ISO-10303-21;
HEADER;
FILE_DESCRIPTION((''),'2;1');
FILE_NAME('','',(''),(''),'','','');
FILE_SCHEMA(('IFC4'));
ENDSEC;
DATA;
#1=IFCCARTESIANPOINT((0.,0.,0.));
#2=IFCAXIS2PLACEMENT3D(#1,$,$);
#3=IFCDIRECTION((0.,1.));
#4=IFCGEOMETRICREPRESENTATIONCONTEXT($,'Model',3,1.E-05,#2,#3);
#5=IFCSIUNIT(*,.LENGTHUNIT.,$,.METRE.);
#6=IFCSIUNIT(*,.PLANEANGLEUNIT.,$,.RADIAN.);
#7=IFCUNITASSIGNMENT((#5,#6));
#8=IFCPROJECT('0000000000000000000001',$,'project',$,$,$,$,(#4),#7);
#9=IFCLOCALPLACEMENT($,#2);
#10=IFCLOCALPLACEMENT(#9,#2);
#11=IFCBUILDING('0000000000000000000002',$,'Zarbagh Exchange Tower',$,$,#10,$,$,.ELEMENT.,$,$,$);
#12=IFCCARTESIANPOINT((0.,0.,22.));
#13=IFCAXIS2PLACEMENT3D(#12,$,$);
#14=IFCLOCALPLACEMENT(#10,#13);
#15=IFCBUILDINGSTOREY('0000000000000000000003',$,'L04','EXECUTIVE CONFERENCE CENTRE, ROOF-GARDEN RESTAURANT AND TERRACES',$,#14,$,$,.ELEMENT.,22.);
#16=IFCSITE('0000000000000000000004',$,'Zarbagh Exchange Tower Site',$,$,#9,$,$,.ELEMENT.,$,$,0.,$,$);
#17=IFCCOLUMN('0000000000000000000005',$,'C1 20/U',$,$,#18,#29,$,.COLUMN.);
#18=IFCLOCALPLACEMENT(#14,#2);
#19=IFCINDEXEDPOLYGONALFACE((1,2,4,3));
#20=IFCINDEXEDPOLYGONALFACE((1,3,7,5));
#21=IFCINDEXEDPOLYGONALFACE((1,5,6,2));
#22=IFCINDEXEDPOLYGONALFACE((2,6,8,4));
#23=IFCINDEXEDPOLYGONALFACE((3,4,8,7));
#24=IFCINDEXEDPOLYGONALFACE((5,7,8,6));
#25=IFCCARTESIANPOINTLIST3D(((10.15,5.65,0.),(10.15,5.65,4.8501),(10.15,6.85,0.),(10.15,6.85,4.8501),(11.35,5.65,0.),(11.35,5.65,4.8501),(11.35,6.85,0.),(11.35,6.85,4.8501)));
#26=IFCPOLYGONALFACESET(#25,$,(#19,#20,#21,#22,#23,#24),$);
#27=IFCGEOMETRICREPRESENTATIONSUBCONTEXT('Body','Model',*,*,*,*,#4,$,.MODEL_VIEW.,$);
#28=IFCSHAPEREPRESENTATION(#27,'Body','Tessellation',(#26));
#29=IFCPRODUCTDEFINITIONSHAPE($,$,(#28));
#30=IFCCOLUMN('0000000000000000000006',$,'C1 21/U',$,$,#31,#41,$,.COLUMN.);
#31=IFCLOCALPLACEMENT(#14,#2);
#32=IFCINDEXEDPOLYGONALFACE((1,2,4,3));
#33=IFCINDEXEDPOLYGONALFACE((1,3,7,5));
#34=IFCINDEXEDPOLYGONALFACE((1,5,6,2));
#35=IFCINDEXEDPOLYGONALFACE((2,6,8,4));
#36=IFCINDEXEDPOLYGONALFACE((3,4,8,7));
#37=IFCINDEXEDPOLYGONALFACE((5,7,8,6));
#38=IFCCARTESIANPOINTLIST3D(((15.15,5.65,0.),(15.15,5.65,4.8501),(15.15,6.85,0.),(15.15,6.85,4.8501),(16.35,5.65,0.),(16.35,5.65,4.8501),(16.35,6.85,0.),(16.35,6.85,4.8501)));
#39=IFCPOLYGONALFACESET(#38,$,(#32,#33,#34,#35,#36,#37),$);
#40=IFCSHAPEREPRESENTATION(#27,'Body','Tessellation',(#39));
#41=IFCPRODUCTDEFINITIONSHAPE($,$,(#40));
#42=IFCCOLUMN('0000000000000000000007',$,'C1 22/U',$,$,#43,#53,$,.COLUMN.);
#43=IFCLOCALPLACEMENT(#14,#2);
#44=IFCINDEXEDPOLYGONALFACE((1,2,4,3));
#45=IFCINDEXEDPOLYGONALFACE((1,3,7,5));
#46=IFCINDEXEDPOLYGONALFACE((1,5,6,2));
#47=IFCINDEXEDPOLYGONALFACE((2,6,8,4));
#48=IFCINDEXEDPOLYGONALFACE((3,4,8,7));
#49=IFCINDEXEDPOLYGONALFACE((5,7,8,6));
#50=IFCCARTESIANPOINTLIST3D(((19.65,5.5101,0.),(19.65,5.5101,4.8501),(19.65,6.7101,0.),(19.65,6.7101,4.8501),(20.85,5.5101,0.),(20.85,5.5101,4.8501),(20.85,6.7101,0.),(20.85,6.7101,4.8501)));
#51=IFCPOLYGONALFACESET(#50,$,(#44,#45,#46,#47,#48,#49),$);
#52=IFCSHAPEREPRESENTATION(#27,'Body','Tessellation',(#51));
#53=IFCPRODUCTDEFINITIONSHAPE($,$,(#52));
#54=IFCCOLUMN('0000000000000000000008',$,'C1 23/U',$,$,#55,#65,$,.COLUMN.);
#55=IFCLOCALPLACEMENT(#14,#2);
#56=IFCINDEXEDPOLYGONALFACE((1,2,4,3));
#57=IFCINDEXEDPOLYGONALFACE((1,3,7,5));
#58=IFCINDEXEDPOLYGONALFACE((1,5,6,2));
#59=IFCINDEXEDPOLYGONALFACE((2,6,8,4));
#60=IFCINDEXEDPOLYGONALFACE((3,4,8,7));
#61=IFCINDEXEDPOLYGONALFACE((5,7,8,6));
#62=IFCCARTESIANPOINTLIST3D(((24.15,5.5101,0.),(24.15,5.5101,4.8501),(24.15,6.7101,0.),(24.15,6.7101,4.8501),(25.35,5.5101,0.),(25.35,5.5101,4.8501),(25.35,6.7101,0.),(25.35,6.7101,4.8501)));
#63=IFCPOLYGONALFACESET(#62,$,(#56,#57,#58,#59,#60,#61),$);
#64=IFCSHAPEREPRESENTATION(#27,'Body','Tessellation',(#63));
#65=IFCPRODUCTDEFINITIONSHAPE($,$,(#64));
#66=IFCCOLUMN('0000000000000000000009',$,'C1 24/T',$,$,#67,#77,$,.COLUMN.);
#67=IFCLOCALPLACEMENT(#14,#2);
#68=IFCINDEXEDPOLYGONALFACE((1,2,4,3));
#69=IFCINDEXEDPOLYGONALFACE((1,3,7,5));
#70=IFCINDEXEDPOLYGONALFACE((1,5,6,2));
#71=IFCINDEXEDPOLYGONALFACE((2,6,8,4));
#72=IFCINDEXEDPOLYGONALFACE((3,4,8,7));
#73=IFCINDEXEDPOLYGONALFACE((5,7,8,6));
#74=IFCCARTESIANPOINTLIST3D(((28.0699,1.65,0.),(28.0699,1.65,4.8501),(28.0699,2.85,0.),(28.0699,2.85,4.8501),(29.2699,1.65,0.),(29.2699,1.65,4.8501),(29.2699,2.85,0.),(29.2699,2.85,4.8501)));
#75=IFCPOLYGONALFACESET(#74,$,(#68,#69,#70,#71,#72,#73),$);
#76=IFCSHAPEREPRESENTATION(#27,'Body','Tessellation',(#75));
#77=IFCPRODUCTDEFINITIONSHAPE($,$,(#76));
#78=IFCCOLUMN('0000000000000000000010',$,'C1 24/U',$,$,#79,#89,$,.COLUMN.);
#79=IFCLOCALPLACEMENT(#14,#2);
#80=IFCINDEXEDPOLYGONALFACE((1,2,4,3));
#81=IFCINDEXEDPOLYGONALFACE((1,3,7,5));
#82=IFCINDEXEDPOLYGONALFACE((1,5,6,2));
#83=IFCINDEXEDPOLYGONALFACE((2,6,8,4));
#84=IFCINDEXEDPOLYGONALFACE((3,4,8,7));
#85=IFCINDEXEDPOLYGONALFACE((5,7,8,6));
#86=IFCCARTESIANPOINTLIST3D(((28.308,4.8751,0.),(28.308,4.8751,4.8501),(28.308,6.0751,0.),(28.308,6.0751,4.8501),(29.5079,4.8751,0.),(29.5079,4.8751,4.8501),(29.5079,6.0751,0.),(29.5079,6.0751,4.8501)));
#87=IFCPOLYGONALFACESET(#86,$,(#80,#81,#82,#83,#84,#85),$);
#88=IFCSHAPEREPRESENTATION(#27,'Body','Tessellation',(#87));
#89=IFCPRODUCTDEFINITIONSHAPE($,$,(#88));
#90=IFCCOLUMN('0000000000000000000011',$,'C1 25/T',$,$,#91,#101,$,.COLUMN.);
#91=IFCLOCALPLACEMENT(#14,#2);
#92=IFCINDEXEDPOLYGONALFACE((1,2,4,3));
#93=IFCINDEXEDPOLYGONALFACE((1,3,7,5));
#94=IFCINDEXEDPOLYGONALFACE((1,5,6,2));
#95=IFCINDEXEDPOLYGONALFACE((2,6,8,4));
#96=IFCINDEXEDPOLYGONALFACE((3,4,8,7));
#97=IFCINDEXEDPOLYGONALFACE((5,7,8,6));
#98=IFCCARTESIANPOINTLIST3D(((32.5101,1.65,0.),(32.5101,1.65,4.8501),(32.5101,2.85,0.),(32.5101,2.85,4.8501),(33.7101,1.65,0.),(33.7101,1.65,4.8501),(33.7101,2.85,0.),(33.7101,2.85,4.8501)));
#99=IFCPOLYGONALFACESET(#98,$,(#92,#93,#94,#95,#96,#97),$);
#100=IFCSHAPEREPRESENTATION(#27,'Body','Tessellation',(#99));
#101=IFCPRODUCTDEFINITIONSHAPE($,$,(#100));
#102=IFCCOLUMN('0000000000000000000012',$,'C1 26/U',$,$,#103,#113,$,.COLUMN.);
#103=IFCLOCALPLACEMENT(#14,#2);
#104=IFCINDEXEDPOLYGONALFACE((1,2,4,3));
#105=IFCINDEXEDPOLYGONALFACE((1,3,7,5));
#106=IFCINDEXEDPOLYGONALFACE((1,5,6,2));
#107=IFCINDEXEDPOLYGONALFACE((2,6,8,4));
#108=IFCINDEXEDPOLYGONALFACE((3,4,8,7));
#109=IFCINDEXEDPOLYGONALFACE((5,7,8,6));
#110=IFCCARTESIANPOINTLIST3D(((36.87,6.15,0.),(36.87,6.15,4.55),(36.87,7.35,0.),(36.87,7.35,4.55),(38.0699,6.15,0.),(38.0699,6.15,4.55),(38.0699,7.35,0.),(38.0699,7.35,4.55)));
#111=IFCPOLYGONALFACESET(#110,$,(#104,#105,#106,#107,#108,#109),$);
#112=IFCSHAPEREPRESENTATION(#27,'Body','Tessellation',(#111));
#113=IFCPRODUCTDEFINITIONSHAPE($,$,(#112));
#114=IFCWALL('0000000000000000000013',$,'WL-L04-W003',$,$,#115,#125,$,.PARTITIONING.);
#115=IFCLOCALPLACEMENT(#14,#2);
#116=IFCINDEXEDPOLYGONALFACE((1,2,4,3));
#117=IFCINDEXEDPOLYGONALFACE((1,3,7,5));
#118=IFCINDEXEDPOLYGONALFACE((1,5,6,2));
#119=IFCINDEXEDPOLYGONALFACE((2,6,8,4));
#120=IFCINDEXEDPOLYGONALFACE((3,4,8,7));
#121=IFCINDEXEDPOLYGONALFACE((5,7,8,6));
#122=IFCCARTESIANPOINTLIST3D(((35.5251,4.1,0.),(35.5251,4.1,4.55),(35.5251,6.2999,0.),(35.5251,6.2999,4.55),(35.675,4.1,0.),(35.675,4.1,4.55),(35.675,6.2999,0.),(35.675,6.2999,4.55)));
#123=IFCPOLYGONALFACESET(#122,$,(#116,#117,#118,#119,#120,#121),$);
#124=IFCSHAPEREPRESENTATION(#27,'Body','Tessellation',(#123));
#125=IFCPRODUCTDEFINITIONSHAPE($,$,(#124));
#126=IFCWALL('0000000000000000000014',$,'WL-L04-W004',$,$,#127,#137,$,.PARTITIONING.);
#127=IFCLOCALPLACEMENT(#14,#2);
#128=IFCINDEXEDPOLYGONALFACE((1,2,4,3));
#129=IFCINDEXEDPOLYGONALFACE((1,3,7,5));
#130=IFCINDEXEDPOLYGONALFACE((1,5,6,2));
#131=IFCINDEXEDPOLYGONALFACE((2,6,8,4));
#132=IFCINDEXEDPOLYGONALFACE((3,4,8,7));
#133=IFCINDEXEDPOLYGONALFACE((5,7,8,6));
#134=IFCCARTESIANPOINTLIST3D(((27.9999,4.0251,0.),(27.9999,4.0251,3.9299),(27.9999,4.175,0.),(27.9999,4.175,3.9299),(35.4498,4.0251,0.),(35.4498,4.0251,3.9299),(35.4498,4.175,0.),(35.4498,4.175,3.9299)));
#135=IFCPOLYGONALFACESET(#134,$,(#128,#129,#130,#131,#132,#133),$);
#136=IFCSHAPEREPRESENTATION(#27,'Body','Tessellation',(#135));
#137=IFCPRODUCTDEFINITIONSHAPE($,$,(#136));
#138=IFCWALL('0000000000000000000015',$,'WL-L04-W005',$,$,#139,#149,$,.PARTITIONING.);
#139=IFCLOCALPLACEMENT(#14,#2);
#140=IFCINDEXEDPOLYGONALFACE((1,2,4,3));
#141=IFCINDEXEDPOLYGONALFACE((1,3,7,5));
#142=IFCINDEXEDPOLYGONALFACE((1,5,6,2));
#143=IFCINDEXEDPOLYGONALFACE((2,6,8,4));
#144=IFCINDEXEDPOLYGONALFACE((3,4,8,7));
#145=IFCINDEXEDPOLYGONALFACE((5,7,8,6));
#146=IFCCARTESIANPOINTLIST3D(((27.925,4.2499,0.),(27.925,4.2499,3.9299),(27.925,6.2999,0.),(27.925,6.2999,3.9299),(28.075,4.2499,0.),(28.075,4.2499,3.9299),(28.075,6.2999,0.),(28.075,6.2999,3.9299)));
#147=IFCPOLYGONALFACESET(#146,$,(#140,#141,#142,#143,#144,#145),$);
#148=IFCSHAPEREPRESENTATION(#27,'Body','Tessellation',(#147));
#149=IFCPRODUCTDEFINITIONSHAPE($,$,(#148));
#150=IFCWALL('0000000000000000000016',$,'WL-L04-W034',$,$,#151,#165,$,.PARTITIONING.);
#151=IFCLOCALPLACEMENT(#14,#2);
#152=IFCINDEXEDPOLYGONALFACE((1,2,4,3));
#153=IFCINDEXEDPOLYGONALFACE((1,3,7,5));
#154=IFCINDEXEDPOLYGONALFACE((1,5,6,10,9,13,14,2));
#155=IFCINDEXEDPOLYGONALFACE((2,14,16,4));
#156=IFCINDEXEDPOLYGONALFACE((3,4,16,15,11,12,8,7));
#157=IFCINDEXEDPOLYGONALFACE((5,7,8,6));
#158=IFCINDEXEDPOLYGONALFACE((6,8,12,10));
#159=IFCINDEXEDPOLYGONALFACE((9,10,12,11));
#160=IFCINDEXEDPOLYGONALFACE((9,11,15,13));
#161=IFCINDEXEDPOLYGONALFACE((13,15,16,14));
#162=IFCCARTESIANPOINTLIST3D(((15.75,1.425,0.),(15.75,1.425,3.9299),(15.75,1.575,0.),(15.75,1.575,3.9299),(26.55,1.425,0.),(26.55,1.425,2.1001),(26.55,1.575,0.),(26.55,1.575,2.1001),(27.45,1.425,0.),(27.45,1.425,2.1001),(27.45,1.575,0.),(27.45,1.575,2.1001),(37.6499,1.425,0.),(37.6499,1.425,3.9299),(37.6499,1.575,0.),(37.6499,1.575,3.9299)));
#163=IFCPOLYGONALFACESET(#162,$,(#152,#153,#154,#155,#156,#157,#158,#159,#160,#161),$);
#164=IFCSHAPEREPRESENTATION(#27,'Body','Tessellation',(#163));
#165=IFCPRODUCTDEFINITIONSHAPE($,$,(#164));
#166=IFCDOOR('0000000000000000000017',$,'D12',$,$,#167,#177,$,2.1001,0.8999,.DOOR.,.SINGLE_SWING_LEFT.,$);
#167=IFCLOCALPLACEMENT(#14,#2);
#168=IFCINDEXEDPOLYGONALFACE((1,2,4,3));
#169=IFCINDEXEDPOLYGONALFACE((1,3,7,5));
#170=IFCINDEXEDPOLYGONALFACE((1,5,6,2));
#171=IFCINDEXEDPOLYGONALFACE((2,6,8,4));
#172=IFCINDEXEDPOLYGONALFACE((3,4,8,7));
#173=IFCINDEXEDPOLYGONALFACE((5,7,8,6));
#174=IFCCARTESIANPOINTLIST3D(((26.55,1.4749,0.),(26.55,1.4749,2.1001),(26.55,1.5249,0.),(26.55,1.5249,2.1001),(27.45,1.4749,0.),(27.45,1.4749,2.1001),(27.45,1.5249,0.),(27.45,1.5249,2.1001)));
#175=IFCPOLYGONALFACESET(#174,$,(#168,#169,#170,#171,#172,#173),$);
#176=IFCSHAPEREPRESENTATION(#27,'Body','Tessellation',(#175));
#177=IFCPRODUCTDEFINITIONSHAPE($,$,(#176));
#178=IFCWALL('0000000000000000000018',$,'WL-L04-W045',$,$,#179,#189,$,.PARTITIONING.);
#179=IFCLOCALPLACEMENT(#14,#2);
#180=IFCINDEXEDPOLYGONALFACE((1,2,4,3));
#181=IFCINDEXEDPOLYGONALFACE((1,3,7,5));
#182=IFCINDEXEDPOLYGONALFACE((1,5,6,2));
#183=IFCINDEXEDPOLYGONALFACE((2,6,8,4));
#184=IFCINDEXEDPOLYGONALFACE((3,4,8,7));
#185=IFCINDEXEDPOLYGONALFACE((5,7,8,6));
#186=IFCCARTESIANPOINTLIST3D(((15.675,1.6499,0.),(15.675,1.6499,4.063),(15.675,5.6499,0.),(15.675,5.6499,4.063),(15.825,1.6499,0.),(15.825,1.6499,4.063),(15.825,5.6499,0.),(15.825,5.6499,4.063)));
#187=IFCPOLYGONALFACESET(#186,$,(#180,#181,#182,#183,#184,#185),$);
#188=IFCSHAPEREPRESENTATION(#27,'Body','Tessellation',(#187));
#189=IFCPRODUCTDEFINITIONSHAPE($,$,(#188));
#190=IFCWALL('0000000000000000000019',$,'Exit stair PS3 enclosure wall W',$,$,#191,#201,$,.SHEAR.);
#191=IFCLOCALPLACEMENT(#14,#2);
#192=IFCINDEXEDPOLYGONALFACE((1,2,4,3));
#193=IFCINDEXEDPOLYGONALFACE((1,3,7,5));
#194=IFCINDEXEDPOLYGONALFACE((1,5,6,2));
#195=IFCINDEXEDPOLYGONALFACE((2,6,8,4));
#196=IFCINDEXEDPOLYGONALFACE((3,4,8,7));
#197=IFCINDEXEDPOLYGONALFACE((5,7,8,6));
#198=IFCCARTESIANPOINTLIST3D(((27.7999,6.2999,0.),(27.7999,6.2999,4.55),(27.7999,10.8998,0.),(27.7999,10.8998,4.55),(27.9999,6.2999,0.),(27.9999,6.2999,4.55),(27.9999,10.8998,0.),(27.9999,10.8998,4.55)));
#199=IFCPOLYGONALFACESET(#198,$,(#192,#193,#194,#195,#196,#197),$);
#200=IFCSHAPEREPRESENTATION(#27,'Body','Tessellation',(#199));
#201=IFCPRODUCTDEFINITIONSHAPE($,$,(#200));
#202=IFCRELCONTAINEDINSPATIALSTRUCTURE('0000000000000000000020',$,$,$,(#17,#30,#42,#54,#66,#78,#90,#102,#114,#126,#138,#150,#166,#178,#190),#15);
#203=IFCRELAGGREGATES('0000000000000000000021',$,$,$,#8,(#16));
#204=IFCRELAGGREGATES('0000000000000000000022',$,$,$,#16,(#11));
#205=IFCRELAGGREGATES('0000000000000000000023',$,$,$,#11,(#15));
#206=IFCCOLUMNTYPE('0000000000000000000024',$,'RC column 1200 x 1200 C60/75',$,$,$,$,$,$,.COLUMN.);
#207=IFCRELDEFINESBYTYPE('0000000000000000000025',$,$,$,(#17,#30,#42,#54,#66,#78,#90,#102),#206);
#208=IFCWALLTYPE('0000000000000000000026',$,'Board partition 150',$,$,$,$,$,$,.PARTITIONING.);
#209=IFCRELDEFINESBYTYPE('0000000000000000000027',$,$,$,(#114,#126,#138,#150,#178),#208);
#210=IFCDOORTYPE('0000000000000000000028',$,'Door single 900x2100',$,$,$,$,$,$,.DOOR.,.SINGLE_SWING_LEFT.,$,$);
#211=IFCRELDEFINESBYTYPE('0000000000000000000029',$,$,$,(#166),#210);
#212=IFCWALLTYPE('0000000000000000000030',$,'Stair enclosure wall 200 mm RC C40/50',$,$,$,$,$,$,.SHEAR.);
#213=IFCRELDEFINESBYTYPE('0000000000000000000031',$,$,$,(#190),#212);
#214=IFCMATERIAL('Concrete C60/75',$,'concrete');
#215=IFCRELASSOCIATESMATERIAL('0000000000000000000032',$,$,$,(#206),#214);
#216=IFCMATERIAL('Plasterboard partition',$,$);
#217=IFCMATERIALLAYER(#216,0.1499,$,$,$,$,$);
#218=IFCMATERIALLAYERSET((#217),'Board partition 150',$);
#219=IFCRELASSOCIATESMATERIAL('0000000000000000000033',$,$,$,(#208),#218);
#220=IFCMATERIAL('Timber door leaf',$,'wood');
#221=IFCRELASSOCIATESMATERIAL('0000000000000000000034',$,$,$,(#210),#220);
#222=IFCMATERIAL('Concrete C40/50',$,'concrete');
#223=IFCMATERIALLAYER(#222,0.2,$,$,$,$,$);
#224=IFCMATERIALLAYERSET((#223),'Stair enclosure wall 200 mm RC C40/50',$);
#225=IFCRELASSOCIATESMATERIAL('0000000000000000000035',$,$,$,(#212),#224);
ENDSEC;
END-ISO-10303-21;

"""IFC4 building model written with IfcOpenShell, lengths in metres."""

from ifc_helpers import new_model, si_unit, direction, frame, frame_2d, origin, origin_2d, place, context, subcontext, project, spatial, rectangle, extrude, material, layer, layer_set, material_profile, profile_set, type_object, element, fill, save


model = new_model("IFC4")

# Units and contexts
model_context = context("Model", 3, precision=1e-05, world=origin(), true_north=direction((0.0, 1.0)))
body_context = subcontext(model_context, "Body", "Model", "MODEL_VIEW")
ifc_project = project(units=[si_unit("LENGTHUNIT", "METRE"), si_unit("PLANEANGLEUNIT", "RADIAN")], contexts=[model_context])

# Site, building, storey
site_placement = place(None, origin())
site = spatial("IfcSite", under=ifc_project, at=site_placement, Name="Zarbagh Exchange Tower Site", CompositionType="ELEMENT", RefElevation=0.0)
building_placement = place(site_placement, origin())
building = spatial("IfcBuilding", under=site, at=building_placement, Name="Zarbagh Exchange Tower", CompositionType="ELEMENT")
storey_placement = place(building_placement, frame((0.0, 0.0, 22.0)))
storey = spatial("IfcBuildingStorey", under=building, at=storey_placement, Name="L04", Description="EXECUTIVE CONFERENCE CENTRE, ROOF-GARDEN RESTAURANT AND TERRACES", CompositionType="ELEMENT", Elevation=22.0)

# Columns
ifc_material_1 = material(Name="Concrete C60/75", Category="concrete")
ifc_material_profile = material_profile(ifc_material_1, rectangle(XDim=1.2, YDim=1.2, at=origin_2d()), Name="RC column 1200 x 1200 C60/75")
ifc_profile_set = profile_set([ifc_material_profile], Name="Concrete C60/75")
column_type = type_object("IfcColumnType", Name="RC column 1200 x 1200 C60/75", PredefinedType="COLUMN", material=ifc_profile_set)
for number, where, z_axis, x_axis, name in (
    (1, (10.75, 6.25, 0.0), (0.0, 0.0, 1.0), (1.0, 0.0, 0.0), "C1 20/U"),
    (2, (15.75, 6.25, 0.0), (0.0, 0.0, 1.0), (1.0, 0.0, 0.0), "C1 21/U"),
    (3, (20.25, 6.1101, 0.0), (0.0, 0.0, 1.0), (1.0, 0.0, 0.0), "C1 22/U"),
    (4, (24.75, 6.1101, 0.0), (0.0, 0.0, 1.0), (1.0, 0.0, 0.0), "C1 23/U"),
    (5, (28.6699, 2.25, 0.0), (0.0, 0.0, 1.0), (1.0, 0.0, 0.0), "C1 24/T"),
    (6, (28.908, 5.4751, 0.0), (0.0, 0.0, 1.0), (1.0, 0.0, 0.0), "C1 24/U"),
    (7, (33.1101, 2.25, 0.0), (0.0, 0.0, 1.0), (1.0, 0.0, 0.0), "C1 25/T"),
):
    element("IfcColumn", number, at=place(storey_placement, frame(where, z_axis=z_axis, x_axis=x_axis)), inside=storey, type_object=column_type, Name=name, PredefinedType="COLUMN", context=body_context, shape_type="SweptSolid", body=[
        extrude(rectangle(XDim=1.2, YDim=1.2, at=origin_2d()), origin(), (0.0, 0.0, 1.0), 4.8501),
    ])
column_placement = place(storey_placement, frame((37.47, 6.75, 0.0), z_axis=(0.0, 0.0, 1.0), x_axis=(1.0, 0.0, 0.0)))
element("IfcColumn", 8, at=column_placement, inside=storey, type_object=column_type, Name="C1 26/U", PredefinedType="COLUMN", context=body_context, shape_type="SweptSolid", body=[
    extrude(rectangle(XDim=1.2, YDim=1.2, at=origin_2d()), origin(), (0.0, 0.0, 1.0), 4.55),
])

# Walls
ifc_material_2 = material(Name="Plasterboard partition")
ifc_layer_1 = layer(ifc_material_2, 0.1499)
ifc_layer_set_1 = layer_set([ifc_layer_1], Name="Board partition 150")
wall_type_1 = type_object("IfcWallType", Name="Board partition 150", PredefinedType="PARTITIONING", material=ifc_layer_set_1)
wall_1_placement = place(storey_placement, frame((35.6001, 6.3, 0.0), z_axis=(0.0, 0.0, 1.0), x_axis=(0.0, -1.0, 0.0)))
element("IfcWall", 9, at=wall_1_placement, inside=storey, type_object=wall_type_1, Name="WL-L04-W003", PredefinedType="PARTITIONING", context=body_context, shape_type="SweptSolid", body=[
    extrude(rectangle(XDim=2.2, YDim=0.1499, at=frame_2d((1.1001, 0.0))), origin(), (0.0, 0.0, 1.0), 4.55),
])
wall_2_placement = place(storey_placement, frame((35.45, 4.1001, 0.0), z_axis=(0.0, 0.0, 1.0), x_axis=(-1.0, 0.0, 0.0)))
element("IfcWall", 10, at=wall_2_placement, inside=storey, type_object=wall_type_1, Name="WL-L04-W004", PredefinedType="PARTITIONING", context=body_context, shape_type="SweptSolid", body=[
    extrude(rectangle(XDim=7.45, YDim=0.1499, at=frame_2d((3.7251, 0.0))), origin(), (0.0, 0.0, 1.0), 3.9299),
])
wall_3_placement = place(storey_placement, frame((28.0, 4.25, 0.0), z_axis=(0.0, 0.0, 1.0), x_axis=(0.0, 1.0, 0.0)))
element("IfcWall", 11, at=wall_3_placement, inside=storey, type_object=wall_type_1, Name="WL-L04-W005", PredefinedType="PARTITIONING", context=body_context, shape_type="SweptSolid", body=[
    extrude(rectangle(XDim=2.05, YDim=0.1499, at=frame_2d((1.0249, 0.0))), origin(), (0.0, 0.0, 1.0), 3.9299),
])

# Wall, opening, door
wall_4_placement = place(storey_placement, frame((15.75, 1.5, 0.0), z_axis=(0.0, 0.0, 1.0), x_axis=(1.0, 0.0, 0.0)))
wall_4 = element("IfcWall", 12, at=wall_4_placement, inside=storey, type_object=wall_type_1, Name="WL-L04-W034", PredefinedType="PARTITIONING", context=body_context, shape_type="SweptSolid", body=[
    extrude(rectangle(XDim=21.8999, YDim=0.1499, at=frame_2d((10.95, 0.0))), origin(), (0.0, 0.0, 1.0), 3.9299),
])
opening_1_placement = place(wall_4_placement, frame((10.8, 0.0, 0.0)))
opening_1 = element("IfcOpeningElement", 13, at=opening_1_placement, cuts=wall_4, PredefinedType="OPENING", context=body_context, shape_type="SweptSolid", body=[
    extrude(rectangle(XDim=0.8999, YDim=2.1001, at=frame_2d((0.45, 1.05))), frame((0.0, 0.085, 0.0), z_axis=(0.0, -1.0, 0.0), x_axis=(1.0, 0.0, 0.0)), (0.0, 0.0, 1.0), 0.1699),
])
ifc_material_3 = material(Name="Timber door leaf", Category="wood")
door_type_1 = type_object("IfcDoorType", Name="Door single 900x2100", OperationType="SINGLE_SWING_LEFT", PredefinedType="DOOR", material=ifc_material_3)
door_1_placement = place(opening_1_placement, origin())
door_1 = element("IfcDoor", 14, at=door_1_placement, inside=storey, type_object=door_type_1, Name="D12", OperationType="SINGLE_SWING_LEFT", OverallHeight=2.1001, OverallWidth=0.8999, PredefinedType="DOOR", context=body_context, shape_type="SweptSolid", body=[
    extrude(rectangle(XDim=0.8999, YDim=2.1001, at=frame_2d((0.45, 1.05))), frame((0.0, 0.0249, 0.0), z_axis=(0.0, -1.0, 0.0), x_axis=(1.0, 0.0, 0.0)), (0.0, 0.0, 1.0), 0.05),
])
fill(opening_1, door_1)

# Walls
wall_5_placement = place(storey_placement, frame((15.75, 5.6499, 0.0), z_axis=(0.0, 0.0, 1.0), x_axis=(0.0, -1.0, 0.0)))
element("IfcWall", 15, at=wall_5_placement, inside=storey, type_object=wall_type_1, Name="WL-L04-W045", PredefinedType="PARTITIONING", context=body_context, shape_type="SweptSolid", body=[
    extrude(rectangle(XDim=4.0, YDim=0.1499, at=frame_2d((2.0, 0.0))), origin(), (0.0, 0.0, 1.0), 4.063),
])
ifc_material_4 = material(Name="Concrete C40/50", Category="concrete")
ifc_layer_2 = layer(ifc_material_4, 0.2)
ifc_layer_set_2 = layer_set([ifc_layer_2], Name="Stair enclosure wall 200 mm RC C40/50")
wall_type_2 = type_object("IfcWallType", Name="Stair enclosure wall 200 mm RC C40/50", PredefinedType="SHEAR", material=ifc_layer_set_2)
for number, where, z_axis, x_axis, name in (
    (16, (27.8999, 6.3, 0.0), (0.0, 0.0, 1.0), (0.0, 1.0, 0.0), "Exit stair PS3 enclosure wall W"),
):
    element("IfcWall", number, at=place(storey_placement, frame(where, z_axis=z_axis, x_axis=x_axis)), inside=storey, type_object=wall_type_2, Name=name, PredefinedType="SHEAR", context=body_context, shape_type="SweptSolid", body=[
        extrude(rectangle(XDim=4.5999, YDim=0.2, at=frame_2d((2.2998, 0.0))), origin(), (0.0, 0.0, 1.0), 4.55),
    ])

save(model, "model.ifc")
